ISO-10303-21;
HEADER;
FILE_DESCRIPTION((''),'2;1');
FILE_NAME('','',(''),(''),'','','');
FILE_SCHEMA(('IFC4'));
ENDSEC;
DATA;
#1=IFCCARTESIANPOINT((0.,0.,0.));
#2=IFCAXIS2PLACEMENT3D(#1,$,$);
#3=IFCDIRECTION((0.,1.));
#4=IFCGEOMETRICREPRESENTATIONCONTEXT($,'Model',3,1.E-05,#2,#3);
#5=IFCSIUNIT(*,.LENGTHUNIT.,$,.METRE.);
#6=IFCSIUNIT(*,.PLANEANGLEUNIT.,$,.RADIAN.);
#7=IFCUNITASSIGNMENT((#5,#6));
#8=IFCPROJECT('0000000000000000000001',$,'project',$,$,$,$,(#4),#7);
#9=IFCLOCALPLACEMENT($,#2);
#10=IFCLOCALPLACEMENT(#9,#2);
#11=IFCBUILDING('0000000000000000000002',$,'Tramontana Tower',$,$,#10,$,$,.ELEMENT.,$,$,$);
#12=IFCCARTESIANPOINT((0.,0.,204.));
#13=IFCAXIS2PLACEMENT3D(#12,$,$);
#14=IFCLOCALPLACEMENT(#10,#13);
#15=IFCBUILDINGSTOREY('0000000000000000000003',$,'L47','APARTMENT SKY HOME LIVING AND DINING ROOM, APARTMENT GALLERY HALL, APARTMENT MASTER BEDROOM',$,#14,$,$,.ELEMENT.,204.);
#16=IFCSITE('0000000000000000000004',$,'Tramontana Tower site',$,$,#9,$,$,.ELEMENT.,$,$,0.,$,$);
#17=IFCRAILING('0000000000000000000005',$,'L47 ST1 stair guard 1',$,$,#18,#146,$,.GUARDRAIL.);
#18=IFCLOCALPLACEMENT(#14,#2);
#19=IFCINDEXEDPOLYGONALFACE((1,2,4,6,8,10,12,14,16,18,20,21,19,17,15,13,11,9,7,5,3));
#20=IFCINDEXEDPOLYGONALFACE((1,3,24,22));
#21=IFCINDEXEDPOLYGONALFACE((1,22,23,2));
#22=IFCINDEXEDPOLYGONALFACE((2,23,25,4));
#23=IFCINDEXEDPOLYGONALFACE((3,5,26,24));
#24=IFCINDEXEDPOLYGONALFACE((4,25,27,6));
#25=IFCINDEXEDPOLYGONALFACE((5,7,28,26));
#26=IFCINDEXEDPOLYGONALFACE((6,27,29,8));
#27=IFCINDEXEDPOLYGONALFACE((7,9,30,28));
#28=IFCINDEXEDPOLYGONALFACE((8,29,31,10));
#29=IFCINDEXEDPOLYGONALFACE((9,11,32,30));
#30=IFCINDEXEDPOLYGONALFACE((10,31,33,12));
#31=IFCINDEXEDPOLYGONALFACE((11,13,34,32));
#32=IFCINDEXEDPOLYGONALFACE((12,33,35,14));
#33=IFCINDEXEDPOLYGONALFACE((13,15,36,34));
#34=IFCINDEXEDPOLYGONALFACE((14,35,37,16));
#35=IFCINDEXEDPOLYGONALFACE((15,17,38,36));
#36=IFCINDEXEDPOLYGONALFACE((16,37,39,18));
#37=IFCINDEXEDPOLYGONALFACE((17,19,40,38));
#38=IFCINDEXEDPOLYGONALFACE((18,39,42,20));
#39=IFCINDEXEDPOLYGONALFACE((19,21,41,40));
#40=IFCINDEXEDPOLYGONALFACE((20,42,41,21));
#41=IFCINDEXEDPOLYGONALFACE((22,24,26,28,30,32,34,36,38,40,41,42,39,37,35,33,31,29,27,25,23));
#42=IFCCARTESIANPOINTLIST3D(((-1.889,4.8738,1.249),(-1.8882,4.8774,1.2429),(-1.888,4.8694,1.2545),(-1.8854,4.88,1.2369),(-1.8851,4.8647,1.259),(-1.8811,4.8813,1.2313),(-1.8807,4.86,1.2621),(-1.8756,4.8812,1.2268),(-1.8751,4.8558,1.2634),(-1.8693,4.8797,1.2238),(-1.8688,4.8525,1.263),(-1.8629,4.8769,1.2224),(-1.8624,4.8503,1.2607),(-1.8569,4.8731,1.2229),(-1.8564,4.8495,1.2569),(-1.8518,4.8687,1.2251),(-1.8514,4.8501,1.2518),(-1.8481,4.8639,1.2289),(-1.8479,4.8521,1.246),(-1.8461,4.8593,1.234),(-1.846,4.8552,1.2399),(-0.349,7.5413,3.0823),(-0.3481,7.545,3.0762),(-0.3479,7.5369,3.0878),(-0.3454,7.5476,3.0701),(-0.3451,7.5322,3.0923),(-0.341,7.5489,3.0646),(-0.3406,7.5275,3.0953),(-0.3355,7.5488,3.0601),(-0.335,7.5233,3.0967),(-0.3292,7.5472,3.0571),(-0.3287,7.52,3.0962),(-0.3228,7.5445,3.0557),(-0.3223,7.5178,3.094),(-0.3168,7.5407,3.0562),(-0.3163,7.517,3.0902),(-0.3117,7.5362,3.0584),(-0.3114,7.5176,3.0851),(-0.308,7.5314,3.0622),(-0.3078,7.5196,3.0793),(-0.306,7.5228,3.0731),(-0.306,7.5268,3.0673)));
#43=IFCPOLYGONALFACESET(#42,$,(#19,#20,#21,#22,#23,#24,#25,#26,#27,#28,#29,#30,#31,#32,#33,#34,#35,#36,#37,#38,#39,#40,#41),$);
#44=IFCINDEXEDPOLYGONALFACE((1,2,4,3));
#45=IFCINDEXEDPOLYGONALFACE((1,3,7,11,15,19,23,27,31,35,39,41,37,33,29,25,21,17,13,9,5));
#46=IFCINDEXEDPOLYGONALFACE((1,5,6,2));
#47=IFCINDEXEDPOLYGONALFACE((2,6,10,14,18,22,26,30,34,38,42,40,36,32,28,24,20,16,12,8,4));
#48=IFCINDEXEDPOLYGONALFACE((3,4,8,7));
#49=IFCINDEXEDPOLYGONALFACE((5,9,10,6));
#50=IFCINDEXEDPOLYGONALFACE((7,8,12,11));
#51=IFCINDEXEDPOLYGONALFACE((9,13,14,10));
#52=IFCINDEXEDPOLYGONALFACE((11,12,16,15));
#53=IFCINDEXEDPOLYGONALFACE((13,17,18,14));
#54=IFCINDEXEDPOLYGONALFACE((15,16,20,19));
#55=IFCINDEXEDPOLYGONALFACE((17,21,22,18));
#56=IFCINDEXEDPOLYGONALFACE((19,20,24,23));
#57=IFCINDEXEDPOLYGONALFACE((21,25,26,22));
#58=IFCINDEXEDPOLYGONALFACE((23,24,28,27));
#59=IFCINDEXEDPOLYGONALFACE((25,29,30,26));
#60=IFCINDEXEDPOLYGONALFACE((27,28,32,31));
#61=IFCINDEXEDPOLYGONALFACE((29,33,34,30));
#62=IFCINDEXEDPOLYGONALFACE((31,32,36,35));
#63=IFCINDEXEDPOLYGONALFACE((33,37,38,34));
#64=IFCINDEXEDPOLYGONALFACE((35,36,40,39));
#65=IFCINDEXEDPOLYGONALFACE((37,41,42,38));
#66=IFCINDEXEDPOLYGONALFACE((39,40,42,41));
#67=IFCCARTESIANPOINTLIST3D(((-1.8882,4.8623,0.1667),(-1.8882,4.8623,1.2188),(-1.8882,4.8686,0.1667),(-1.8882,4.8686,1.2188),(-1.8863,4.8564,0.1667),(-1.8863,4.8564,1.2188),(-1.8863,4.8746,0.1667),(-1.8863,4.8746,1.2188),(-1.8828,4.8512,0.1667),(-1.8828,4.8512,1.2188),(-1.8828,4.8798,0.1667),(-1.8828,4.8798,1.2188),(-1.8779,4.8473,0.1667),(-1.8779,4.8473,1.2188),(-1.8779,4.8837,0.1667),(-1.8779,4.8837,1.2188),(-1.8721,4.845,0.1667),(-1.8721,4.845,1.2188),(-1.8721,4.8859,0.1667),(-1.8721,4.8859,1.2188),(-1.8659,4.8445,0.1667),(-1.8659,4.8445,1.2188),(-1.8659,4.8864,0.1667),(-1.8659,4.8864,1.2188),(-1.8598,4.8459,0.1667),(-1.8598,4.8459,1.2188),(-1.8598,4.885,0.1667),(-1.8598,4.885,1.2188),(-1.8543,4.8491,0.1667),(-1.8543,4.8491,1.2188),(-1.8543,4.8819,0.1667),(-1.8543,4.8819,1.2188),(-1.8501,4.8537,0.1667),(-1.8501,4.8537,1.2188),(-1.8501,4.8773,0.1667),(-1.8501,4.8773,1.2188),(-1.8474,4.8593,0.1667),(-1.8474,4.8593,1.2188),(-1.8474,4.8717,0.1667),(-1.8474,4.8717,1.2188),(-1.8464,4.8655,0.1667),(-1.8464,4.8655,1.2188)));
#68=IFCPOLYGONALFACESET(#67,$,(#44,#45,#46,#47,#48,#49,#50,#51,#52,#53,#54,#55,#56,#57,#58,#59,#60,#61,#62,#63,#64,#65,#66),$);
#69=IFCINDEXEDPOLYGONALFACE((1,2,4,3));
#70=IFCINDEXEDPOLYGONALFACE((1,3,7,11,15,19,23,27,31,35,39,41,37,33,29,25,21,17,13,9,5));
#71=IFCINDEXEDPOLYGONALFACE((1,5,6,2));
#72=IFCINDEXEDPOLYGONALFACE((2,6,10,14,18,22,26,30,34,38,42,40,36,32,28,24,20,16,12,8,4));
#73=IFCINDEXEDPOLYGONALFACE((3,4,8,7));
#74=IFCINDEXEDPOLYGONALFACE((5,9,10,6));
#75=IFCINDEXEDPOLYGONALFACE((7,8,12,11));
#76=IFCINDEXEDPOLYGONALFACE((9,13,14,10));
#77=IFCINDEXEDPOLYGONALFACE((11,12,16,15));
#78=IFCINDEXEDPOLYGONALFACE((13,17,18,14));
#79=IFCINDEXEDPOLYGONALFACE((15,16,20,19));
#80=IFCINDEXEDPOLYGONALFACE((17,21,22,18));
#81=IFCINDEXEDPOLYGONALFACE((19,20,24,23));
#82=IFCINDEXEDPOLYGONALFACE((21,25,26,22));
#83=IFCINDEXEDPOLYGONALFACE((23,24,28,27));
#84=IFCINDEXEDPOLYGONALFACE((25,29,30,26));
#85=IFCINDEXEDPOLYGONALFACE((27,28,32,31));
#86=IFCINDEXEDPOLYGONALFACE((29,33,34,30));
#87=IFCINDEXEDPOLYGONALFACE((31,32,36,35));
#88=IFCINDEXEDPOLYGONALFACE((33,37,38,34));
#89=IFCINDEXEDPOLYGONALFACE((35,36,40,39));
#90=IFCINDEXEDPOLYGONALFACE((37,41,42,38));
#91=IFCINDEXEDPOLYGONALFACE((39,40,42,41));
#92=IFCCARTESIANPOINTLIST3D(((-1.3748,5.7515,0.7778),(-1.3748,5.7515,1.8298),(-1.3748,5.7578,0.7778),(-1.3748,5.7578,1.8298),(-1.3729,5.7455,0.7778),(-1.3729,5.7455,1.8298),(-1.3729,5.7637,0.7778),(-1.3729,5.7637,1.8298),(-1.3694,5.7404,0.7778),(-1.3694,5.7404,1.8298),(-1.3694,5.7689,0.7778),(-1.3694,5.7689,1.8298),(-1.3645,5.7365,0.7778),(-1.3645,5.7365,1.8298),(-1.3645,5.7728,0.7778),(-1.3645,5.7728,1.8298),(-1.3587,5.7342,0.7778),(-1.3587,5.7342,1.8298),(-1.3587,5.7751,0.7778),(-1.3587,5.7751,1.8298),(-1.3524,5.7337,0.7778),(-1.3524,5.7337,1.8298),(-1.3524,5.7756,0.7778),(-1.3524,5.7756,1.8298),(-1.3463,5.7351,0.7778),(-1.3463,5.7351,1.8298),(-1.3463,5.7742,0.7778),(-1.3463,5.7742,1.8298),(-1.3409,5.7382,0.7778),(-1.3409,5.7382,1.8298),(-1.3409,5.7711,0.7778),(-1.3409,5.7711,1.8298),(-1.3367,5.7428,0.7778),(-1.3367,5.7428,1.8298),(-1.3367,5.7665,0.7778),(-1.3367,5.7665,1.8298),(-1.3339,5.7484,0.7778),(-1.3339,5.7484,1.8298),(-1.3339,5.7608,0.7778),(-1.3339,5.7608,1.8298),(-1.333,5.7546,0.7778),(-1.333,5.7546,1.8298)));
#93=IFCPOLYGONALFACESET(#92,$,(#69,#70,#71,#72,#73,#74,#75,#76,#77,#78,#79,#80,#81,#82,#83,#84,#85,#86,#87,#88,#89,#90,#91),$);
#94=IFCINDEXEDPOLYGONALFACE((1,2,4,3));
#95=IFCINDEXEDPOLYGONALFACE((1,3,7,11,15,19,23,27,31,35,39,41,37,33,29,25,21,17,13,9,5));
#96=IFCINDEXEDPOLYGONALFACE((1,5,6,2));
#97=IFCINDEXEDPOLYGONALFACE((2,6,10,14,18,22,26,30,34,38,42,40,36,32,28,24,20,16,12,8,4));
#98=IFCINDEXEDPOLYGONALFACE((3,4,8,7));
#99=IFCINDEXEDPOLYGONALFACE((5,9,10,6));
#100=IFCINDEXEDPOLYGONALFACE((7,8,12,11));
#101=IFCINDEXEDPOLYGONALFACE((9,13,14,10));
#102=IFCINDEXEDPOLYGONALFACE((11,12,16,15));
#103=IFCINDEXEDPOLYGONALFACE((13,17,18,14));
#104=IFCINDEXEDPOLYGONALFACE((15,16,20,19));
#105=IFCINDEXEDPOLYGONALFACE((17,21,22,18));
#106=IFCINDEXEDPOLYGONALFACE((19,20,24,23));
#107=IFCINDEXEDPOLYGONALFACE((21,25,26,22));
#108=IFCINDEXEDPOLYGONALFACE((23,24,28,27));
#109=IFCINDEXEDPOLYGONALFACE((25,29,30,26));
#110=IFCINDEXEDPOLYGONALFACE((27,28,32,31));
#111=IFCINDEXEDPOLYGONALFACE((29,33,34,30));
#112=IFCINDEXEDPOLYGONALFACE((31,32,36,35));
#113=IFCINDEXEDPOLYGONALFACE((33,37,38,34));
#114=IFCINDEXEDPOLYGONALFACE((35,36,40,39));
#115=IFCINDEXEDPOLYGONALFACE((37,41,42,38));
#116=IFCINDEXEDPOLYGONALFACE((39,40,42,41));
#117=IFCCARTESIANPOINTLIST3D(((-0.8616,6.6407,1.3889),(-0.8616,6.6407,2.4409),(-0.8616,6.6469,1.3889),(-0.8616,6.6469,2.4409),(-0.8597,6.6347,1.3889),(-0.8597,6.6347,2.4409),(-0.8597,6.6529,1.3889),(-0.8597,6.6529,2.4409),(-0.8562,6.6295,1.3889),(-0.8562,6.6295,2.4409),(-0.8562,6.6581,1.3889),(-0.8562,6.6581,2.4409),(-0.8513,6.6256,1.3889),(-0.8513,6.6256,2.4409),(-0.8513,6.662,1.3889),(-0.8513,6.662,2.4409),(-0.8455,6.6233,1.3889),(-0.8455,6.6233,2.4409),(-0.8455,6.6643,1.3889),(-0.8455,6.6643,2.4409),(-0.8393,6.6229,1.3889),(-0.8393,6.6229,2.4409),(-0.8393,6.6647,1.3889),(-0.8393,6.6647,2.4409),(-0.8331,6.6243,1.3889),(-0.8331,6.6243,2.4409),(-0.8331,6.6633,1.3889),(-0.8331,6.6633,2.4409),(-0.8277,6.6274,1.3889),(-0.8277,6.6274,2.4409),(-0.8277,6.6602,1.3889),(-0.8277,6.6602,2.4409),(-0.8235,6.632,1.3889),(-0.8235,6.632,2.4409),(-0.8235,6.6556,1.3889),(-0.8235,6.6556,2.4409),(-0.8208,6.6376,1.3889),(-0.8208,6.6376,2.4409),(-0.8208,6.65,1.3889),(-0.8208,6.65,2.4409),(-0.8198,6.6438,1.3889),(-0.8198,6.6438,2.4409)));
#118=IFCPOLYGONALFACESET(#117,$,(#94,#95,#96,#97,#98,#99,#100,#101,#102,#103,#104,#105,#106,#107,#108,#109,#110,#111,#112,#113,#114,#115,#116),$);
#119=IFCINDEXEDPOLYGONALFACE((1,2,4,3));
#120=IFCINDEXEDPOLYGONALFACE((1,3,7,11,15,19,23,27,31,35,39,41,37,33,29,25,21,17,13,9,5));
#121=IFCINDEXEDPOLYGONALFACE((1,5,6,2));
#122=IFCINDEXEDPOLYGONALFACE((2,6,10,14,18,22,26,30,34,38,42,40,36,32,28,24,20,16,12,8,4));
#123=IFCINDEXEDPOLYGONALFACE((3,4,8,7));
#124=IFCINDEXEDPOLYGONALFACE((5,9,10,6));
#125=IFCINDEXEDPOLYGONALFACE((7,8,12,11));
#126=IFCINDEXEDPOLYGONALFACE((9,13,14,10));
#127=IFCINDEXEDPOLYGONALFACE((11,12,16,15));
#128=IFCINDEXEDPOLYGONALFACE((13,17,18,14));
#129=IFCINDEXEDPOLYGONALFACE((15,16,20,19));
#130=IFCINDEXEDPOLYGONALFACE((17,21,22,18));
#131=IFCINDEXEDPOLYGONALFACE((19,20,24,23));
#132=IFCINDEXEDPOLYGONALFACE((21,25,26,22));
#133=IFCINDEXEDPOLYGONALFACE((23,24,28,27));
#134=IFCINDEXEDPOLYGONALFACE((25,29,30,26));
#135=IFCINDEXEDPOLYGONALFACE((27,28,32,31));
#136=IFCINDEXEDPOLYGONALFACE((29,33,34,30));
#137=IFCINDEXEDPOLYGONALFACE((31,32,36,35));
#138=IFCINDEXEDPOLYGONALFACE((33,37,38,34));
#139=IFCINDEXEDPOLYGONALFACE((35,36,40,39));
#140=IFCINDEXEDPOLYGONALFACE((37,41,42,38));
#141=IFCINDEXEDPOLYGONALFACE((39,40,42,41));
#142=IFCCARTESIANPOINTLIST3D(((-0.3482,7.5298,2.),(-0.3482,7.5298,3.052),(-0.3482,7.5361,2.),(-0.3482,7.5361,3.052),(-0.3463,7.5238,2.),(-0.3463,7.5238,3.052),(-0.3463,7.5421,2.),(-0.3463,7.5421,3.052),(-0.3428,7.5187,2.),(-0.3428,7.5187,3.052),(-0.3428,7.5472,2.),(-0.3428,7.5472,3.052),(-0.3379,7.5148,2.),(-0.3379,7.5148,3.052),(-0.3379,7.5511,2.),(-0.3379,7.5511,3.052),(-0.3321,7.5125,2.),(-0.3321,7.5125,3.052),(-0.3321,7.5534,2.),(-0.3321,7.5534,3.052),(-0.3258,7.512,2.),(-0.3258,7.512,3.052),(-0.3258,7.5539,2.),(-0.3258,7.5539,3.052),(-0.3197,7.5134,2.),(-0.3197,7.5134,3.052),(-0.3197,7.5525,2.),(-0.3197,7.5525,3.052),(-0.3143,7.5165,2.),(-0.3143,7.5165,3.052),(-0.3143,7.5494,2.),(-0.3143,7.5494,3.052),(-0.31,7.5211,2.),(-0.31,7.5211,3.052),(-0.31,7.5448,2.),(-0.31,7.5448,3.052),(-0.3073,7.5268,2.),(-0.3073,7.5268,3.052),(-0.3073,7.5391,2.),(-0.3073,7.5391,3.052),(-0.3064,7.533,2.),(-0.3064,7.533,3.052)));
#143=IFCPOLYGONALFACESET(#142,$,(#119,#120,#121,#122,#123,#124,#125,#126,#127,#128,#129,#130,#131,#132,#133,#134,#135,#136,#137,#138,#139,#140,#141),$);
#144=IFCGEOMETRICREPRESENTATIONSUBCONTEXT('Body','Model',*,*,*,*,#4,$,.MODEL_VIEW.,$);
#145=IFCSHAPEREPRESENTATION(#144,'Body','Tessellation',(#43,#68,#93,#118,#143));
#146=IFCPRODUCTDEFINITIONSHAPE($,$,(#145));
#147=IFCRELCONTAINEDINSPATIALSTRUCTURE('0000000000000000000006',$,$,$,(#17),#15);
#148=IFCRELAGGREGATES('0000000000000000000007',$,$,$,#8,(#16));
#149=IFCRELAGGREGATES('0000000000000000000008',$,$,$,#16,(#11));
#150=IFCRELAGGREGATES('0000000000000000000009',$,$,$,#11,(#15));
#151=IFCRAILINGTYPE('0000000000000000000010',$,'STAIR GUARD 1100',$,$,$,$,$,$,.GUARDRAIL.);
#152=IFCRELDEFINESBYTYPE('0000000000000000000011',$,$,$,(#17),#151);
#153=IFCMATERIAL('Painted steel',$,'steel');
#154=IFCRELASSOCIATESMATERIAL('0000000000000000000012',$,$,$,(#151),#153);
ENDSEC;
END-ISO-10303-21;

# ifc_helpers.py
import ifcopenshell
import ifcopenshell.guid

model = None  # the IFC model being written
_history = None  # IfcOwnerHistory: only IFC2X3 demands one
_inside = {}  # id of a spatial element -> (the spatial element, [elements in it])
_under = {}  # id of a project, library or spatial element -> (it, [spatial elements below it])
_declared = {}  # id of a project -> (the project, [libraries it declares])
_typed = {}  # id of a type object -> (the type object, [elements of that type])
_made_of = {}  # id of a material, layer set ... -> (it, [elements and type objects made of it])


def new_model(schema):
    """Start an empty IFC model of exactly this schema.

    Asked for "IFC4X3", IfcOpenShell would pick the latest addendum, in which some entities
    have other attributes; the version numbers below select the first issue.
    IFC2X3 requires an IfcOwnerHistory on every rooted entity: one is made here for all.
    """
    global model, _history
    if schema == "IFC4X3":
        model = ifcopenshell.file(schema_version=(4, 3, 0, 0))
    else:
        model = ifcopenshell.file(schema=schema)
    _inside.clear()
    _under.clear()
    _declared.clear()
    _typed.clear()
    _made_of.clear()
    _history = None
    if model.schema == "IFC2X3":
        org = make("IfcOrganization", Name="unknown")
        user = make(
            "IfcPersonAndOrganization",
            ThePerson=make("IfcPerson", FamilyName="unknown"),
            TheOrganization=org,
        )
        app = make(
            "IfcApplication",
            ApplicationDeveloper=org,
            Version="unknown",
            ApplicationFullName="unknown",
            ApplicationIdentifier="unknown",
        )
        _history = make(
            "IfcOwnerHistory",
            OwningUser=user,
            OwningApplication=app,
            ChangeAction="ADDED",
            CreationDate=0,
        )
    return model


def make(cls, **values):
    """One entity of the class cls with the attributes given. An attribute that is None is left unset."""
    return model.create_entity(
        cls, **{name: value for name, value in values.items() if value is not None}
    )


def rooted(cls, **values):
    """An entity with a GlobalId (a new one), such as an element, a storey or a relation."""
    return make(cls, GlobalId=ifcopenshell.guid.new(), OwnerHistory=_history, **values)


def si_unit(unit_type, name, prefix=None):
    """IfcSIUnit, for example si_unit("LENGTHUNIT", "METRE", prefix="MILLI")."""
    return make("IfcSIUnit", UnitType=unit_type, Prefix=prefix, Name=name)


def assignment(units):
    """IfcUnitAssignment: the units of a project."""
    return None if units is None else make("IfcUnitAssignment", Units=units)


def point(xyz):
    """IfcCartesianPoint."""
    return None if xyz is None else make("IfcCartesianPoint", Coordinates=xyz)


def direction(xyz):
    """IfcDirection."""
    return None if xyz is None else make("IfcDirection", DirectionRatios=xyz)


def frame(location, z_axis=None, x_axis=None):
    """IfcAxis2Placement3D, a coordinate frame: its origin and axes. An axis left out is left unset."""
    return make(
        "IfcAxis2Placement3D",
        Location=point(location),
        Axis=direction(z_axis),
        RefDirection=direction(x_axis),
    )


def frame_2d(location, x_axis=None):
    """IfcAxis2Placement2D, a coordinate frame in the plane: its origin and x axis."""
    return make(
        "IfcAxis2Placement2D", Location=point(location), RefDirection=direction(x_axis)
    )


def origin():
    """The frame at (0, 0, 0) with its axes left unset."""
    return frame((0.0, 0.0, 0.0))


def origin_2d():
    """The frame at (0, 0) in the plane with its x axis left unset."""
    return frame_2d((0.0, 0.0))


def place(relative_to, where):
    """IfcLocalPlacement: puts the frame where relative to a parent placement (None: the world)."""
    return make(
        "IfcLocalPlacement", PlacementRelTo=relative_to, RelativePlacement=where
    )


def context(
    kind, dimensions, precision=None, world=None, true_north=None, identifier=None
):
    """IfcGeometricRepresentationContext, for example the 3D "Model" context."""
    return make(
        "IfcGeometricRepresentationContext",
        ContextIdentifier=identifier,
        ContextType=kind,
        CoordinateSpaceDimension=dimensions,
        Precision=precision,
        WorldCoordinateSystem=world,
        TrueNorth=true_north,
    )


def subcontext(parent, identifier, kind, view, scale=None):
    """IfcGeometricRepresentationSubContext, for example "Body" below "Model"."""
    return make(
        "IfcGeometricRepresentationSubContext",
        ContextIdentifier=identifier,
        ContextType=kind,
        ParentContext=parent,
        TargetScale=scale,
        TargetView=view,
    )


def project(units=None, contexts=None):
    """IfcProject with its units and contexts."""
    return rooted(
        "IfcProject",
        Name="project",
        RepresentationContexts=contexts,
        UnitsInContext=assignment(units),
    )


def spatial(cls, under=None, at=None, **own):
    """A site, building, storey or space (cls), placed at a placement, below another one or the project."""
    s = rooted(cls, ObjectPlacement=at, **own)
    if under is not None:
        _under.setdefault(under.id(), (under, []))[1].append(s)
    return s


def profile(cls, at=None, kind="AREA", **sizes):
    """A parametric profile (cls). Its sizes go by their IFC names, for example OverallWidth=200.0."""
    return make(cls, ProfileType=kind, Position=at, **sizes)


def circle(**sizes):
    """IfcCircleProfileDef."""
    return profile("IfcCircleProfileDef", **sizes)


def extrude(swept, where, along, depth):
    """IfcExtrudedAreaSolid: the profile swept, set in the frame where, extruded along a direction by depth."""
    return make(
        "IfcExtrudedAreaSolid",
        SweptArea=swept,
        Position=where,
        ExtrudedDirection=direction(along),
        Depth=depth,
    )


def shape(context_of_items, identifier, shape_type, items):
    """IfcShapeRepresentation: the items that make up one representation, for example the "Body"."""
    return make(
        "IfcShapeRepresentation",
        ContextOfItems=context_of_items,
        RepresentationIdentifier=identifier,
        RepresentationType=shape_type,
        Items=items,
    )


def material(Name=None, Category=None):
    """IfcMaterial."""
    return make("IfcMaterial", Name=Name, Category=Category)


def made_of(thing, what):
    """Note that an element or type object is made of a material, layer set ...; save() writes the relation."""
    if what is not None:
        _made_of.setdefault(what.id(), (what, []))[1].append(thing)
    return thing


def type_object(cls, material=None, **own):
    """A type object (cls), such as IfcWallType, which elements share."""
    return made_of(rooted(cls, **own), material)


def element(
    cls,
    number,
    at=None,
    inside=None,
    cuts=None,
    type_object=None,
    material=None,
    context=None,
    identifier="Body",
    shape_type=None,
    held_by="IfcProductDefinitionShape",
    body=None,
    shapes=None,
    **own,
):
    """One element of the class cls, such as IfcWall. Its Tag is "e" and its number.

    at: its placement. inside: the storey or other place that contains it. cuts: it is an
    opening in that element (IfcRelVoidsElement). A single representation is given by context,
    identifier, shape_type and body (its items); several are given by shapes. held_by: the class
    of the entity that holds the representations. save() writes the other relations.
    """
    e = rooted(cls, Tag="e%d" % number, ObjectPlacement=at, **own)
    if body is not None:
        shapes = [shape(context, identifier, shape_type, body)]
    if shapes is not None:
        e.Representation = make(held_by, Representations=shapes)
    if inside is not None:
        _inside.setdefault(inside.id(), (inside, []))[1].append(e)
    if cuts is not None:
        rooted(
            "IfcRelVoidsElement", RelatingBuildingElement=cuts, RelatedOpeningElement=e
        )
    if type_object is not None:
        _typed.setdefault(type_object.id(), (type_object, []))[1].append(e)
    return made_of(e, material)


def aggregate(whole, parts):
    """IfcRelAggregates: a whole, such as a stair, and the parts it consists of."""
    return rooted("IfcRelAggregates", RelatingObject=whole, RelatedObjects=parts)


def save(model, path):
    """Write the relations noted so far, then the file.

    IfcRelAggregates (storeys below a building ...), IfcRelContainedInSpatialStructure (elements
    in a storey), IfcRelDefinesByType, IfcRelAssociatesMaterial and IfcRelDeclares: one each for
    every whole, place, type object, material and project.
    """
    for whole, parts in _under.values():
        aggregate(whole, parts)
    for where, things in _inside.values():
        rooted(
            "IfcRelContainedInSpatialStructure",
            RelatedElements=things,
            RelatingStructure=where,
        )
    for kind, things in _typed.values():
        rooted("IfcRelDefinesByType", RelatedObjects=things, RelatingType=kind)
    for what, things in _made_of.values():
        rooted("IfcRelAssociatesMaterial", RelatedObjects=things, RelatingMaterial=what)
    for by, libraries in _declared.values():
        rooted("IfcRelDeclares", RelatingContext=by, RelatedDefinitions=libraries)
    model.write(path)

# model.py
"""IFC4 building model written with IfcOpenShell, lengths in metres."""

from ifc_helpers import new_model, si_unit, direction, frame, origin, origin_2d, place, context, subcontext, project, spatial, circle, extrude, material, type_object, element, save


model = new_model("IFC4")

# Units and contexts
model_context = context("Model", 3, precision=1e-05, world=origin(), true_north=direction((0.0, 1.0)))
body_context = subcontext(model_context, "Body", "Model", "MODEL_VIEW")
ifc_project = project(units=[si_unit("LENGTHUNIT", "METRE"), si_unit("PLANEANGLEUNIT", "RADIAN")], contexts=[model_context])

# Site, building, storey
site_placement = place(None, origin())
site = spatial("IfcSite", under=ifc_project, at=site_placement, Name="Tramontana Tower site", CompositionType="ELEMENT", RefElevation=0.0)
building_placement = place(site_placement, origin())
building = spatial("IfcBuilding", under=site, at=building_placement, Name="Tramontana Tower", CompositionType="ELEMENT")
storey_placement = place(building_placement, frame((0.0, 0.0, 204.0)))
storey = spatial("IfcBuildingStorey", under=building, at=storey_placement, Name="L47", Description="APARTMENT SKY HOME LIVING AND DINING ROOM, APARTMENT GALLERY HALL, APARTMENT MASTER BEDROOM", CompositionType="ELEMENT", Elevation=204.0)

# Railing
ifc_material_1 = material(Name="Painted steel", Category="steel")
railing_type_1 = type_object("IfcRailingType", Name="STAIR GUARD 1100", PredefinedType="GUARDRAIL", material=ifc_material_1)
railing_1_placement = place(storey_placement, frame((-1.8674, 4.8655, 0.1667)))
element("IfcRailing", 1, at=railing_1_placement, inside=storey, type_object=railing_type_1, Name="L47 ST1 stair guard 1", PredefinedType="GUARDRAIL", context=body_context, shape_type="SweptSolid", body=[
    extrude(circle(Radius=0.0239, at=origin_2d()), frame((0.0, 0.0, 1.0762), z_axis=(0.429649, 0.74419, 0.511452), x_axis=(-0.86603, 0.499992, 0.0)), (0.0, 0.0, 1.0), 3.5845),
    extrude(circle(Radius=0.021, at=origin_2d()), origin(), (0.0, 0.0, 1.0), 1.052),
    extrude(circle(Radius=0.021, at=origin_2d()), frame((0.5134, 0.8892, 0.6111)), (0.0, 0.0, 1.0), 1.052),
    extrude(circle(Radius=0.021, at=origin_2d()), frame((1.0266, 1.7783, 1.2222)), (0.0, 0.0, 1.0), 1.052),
    extrude(circle(Radius=0.021, at=origin_2d()), frame((1.54, 2.6675, 1.8333)), (0.0, 0.0, 1.0), 1.052),
])

save(model, "model.ifc")
